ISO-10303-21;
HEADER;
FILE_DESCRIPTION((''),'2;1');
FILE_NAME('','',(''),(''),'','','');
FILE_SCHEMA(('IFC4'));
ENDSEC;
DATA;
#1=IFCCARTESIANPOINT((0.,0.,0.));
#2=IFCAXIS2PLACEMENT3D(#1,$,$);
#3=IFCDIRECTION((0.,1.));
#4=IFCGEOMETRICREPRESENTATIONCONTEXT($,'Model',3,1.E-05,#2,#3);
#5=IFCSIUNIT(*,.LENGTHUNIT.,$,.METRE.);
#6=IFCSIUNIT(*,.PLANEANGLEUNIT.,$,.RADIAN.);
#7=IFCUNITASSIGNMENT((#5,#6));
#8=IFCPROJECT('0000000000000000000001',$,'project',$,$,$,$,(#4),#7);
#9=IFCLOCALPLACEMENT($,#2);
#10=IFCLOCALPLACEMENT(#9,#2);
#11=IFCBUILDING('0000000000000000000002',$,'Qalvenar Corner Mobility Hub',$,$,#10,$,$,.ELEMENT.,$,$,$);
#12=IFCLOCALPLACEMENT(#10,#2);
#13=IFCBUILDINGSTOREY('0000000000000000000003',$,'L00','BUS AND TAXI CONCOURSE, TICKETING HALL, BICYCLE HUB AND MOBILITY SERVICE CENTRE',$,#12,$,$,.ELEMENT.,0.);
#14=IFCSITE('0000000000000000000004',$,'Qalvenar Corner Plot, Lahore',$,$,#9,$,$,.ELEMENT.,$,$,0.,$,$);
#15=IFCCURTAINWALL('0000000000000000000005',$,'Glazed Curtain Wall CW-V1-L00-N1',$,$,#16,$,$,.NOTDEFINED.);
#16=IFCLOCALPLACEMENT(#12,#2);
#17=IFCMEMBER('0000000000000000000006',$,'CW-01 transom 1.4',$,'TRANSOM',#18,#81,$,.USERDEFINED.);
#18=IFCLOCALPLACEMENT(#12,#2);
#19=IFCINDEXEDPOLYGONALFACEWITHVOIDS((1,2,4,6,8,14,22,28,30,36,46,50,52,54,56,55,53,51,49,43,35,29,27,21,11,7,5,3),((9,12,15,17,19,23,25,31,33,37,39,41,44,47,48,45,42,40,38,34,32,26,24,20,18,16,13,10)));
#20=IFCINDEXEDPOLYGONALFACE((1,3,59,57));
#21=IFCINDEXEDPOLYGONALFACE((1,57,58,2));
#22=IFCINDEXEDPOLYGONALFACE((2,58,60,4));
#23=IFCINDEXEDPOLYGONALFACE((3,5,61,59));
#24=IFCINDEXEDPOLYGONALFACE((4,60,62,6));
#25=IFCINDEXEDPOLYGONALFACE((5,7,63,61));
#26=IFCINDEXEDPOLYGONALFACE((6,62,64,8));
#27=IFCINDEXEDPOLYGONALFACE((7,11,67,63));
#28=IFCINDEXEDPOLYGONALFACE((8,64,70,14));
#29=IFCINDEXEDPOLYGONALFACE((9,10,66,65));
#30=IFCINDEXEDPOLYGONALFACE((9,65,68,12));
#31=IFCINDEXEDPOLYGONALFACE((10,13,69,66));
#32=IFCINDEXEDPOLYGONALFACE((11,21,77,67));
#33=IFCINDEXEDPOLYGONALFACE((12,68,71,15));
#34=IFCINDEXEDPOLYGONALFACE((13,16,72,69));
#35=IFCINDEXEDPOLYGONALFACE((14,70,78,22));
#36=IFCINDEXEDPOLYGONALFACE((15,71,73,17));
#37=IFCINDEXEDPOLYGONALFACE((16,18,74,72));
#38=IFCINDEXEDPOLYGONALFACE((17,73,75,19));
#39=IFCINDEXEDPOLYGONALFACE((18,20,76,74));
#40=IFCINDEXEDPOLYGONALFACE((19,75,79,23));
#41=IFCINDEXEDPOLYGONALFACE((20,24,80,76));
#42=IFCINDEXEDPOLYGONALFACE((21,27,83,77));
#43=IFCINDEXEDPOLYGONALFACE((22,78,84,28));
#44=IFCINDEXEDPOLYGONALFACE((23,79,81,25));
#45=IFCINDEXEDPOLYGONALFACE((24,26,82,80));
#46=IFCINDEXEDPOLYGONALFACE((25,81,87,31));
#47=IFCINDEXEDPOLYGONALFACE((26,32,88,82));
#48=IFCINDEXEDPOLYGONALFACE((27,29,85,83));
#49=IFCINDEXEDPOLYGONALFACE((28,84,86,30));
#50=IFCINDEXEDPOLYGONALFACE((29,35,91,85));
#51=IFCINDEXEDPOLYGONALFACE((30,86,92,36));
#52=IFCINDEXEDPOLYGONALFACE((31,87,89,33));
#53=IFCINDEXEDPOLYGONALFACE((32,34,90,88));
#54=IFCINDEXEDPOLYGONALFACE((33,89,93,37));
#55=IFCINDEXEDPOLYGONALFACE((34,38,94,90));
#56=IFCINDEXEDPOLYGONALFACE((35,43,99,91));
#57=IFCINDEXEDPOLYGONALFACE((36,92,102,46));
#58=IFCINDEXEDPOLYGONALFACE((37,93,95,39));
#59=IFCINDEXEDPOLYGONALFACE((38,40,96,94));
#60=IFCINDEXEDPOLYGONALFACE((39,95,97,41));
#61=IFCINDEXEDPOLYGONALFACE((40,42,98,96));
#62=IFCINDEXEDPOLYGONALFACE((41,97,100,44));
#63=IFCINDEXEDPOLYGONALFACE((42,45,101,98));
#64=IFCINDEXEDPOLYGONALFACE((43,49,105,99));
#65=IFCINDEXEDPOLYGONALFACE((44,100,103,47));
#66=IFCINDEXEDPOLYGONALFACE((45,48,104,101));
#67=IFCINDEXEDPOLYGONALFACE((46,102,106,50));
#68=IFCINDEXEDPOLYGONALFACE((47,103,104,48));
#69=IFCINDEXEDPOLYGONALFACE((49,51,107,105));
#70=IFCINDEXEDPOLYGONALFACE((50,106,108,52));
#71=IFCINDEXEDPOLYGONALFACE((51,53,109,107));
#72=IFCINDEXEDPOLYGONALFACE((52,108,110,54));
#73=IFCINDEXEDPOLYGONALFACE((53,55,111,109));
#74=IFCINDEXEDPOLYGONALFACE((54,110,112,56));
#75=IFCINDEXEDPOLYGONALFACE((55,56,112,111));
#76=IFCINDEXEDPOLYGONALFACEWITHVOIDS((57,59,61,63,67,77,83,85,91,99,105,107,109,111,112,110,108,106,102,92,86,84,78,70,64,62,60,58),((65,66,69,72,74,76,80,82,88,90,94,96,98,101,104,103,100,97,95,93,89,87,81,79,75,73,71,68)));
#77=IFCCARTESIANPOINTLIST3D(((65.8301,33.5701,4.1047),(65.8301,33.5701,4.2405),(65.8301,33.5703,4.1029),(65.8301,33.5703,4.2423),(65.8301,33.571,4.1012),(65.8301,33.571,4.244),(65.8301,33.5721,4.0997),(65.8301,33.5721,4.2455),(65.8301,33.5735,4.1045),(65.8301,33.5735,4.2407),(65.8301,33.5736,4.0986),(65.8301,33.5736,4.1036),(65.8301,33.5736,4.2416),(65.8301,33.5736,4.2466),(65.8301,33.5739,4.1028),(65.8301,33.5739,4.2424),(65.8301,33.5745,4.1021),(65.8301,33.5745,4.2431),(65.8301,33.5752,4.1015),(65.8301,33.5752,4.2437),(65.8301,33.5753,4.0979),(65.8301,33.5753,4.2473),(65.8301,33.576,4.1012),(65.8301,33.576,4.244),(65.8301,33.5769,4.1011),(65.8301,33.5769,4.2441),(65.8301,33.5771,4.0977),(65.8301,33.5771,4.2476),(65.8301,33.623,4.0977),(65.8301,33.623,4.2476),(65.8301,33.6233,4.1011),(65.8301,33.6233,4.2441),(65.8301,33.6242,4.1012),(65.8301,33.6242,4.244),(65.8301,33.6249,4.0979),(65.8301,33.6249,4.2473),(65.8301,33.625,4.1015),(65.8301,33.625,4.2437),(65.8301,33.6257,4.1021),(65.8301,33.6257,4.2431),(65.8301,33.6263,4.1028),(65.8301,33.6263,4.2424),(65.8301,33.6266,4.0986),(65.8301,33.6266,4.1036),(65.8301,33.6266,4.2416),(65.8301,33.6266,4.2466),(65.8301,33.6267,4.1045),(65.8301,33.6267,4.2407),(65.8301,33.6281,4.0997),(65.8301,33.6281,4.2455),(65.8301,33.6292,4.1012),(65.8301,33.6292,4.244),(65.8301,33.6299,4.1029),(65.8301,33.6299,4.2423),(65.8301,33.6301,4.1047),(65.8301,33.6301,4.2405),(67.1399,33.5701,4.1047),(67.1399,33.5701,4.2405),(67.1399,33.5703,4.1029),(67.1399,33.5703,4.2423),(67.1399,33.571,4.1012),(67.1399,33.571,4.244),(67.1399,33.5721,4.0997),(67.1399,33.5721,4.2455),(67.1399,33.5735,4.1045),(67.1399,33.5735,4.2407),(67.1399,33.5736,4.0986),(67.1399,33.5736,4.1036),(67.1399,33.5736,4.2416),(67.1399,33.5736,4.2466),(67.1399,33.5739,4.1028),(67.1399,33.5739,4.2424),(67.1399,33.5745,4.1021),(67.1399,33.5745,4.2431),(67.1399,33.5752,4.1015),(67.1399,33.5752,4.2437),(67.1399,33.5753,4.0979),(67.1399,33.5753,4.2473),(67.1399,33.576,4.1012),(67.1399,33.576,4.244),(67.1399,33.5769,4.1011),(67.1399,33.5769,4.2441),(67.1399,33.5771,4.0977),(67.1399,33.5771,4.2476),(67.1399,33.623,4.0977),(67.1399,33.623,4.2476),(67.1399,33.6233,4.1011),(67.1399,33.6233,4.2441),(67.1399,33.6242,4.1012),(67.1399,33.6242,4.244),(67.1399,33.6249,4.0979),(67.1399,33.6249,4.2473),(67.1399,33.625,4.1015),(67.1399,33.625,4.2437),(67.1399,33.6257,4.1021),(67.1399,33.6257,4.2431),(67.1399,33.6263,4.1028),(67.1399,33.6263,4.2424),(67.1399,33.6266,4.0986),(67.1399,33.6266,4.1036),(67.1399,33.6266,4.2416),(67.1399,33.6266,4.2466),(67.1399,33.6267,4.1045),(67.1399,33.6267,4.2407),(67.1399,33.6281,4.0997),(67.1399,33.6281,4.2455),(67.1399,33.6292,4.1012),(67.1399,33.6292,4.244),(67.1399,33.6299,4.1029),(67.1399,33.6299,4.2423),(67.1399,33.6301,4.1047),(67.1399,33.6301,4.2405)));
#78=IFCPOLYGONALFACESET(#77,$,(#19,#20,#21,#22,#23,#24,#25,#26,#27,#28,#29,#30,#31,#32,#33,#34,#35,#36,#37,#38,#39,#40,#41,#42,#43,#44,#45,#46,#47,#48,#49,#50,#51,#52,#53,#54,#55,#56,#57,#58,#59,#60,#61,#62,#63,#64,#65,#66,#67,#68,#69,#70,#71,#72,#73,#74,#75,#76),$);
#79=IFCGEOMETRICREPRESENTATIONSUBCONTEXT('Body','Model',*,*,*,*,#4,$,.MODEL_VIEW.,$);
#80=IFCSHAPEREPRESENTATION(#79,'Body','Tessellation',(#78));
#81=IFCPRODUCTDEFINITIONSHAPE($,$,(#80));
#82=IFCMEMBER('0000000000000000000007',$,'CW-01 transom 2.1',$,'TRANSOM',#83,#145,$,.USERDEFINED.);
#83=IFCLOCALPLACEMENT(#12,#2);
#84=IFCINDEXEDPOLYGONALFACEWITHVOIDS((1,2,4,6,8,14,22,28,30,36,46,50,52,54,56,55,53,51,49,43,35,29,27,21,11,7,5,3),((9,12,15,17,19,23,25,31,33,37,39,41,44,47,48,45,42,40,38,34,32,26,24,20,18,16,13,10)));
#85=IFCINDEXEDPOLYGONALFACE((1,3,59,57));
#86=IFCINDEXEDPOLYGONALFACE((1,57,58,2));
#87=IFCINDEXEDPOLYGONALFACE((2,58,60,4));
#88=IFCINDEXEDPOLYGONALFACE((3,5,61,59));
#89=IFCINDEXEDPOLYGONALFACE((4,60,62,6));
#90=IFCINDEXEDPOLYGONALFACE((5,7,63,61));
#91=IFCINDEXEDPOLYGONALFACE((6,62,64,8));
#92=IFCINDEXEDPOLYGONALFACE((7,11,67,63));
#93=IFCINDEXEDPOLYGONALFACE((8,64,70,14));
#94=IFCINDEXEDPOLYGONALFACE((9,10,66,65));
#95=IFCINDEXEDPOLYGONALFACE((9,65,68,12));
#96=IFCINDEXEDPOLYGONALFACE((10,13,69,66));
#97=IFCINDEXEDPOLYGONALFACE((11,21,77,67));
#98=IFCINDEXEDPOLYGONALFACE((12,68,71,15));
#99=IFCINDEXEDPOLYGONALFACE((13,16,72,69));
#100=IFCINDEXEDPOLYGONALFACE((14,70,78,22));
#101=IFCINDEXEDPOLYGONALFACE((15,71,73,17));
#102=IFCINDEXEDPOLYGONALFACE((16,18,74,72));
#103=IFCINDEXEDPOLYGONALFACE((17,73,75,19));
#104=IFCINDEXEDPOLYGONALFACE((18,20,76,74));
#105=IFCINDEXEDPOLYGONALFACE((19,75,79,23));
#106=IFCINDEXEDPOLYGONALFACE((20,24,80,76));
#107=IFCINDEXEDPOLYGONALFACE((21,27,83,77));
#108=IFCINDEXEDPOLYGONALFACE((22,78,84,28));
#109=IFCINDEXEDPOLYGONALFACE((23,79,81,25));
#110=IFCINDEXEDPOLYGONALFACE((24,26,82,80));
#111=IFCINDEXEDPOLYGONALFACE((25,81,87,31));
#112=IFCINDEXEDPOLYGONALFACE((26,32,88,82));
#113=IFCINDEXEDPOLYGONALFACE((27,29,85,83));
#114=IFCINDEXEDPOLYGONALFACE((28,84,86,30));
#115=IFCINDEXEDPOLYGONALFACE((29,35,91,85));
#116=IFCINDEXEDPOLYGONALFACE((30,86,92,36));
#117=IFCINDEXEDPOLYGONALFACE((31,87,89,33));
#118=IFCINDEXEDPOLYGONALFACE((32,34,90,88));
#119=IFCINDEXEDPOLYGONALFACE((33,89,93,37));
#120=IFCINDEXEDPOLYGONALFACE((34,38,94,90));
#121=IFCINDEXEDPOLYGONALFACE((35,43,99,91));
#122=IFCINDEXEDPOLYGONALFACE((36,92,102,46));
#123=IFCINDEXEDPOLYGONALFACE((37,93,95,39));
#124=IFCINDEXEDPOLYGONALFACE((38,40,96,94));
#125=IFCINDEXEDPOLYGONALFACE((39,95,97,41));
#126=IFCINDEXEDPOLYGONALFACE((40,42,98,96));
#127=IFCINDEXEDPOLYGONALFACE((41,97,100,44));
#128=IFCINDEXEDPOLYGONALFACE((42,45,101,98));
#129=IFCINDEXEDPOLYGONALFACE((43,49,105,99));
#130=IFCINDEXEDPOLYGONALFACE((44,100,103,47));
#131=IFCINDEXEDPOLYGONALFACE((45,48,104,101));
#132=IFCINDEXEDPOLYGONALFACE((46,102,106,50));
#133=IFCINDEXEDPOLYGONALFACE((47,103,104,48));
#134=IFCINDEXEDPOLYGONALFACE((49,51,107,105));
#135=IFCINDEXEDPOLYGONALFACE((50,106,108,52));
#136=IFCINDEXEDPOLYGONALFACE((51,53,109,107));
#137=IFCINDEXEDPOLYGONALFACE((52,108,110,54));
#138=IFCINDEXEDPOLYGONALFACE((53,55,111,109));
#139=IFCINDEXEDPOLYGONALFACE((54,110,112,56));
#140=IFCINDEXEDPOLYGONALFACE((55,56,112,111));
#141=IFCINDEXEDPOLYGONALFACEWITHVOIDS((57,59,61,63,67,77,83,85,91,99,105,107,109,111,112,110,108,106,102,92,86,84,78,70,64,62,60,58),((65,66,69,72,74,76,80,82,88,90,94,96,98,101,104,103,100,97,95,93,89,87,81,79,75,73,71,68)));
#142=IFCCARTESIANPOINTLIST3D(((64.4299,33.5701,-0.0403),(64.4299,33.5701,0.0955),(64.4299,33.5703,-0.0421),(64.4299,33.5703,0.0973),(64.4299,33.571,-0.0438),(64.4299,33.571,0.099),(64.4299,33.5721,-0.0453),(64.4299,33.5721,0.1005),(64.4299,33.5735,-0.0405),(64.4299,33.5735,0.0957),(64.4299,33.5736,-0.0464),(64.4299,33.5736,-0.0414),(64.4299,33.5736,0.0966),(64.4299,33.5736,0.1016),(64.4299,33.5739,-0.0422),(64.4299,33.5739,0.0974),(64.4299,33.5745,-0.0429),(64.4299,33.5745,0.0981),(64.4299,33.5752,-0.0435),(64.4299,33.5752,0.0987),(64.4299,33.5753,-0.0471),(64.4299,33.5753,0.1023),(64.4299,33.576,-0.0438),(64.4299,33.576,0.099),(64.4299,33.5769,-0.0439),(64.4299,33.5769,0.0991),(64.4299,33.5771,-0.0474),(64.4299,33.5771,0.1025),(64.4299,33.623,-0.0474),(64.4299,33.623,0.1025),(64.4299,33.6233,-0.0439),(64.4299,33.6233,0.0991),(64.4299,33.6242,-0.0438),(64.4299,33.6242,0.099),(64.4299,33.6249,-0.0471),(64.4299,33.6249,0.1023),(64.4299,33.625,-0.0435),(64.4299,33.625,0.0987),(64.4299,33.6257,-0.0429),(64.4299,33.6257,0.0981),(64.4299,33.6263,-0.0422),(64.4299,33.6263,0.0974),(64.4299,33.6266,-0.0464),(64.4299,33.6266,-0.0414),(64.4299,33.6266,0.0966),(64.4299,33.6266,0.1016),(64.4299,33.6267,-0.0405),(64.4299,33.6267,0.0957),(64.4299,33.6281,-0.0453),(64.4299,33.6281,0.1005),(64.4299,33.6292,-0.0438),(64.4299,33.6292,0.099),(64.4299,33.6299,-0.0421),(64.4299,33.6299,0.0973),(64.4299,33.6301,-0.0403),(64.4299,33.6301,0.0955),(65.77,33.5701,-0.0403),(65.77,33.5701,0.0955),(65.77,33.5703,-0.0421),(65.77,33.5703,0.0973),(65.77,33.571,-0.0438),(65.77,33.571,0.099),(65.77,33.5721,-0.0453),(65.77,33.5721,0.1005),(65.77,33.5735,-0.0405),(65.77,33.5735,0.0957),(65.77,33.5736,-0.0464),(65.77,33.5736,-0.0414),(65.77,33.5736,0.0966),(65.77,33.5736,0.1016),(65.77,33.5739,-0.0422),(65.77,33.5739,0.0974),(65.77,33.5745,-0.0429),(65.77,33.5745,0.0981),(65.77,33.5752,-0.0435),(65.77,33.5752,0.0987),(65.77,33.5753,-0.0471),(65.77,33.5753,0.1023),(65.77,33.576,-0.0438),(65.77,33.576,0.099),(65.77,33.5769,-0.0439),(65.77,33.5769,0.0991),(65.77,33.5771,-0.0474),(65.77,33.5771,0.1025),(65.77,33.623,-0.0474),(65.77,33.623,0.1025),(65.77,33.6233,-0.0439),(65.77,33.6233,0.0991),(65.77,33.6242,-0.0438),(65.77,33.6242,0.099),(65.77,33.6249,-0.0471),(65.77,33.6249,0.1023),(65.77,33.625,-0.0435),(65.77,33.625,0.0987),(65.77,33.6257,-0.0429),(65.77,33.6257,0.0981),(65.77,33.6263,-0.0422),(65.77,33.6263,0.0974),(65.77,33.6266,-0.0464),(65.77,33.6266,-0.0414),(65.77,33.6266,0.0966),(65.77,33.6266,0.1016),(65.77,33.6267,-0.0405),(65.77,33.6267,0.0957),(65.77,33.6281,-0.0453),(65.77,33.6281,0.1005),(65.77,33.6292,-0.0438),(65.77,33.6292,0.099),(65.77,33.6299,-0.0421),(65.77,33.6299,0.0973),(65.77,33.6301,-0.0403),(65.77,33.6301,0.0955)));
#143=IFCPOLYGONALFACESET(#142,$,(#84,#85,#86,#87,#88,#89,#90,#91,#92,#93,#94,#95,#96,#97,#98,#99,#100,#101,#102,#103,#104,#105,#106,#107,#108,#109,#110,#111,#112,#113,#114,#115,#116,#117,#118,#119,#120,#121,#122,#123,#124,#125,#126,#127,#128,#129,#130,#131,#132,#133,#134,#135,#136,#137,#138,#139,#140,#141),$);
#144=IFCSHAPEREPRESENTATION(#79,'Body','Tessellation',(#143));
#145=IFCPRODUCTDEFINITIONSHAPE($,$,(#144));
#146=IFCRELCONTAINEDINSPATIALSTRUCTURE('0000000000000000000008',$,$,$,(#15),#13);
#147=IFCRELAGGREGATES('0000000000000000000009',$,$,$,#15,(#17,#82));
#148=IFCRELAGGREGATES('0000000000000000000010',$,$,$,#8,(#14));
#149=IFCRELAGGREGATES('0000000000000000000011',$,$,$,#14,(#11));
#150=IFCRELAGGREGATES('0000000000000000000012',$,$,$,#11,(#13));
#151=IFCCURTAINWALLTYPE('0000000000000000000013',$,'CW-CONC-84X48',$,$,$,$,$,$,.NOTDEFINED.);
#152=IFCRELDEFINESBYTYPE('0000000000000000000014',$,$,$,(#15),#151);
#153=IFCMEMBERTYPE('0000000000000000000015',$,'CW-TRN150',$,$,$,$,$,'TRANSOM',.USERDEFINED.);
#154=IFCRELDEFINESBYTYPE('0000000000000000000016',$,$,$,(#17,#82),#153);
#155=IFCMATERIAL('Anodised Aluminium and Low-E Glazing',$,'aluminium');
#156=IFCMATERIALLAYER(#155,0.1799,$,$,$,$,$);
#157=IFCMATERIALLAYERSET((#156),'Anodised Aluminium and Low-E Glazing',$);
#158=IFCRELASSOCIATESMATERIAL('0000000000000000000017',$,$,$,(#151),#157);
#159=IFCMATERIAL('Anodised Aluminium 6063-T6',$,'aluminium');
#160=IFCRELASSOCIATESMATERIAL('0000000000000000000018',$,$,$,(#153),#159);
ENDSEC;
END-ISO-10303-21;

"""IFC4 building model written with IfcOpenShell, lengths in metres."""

from ifc_helpers import new_model, si_unit, direction, frame, origin, origin_2d, place, context, subcontext, project, spatial, hollow_rectangle, extrude, material, layer, layer_set, material_profile, profile_set, type_object, element, aggregate, save


model = new_model("IFC4")

# Units and contexts
model_context = context("Model", 3, precision=1e-05, world=origin(), true_north=direction((0.0, 1.0)))
body_context = subcontext(model_context, "Body", "Model", "MODEL_VIEW")
ifc_project = project(units=[si_unit("LENGTHUNIT", "METRE"), si_unit("PLANEANGLEUNIT", "RADIAN")], contexts=[model_context])

# Site, building, storey
site_placement = place(None, origin())
site = spatial("IfcSite", under=ifc_project, at=site_placement, Name="Qalvenar Corner Plot, Lahore", CompositionType="ELEMENT", RefElevation=0.0)
building_placement = place(site_placement, origin())
building = spatial("IfcBuilding", under=site, at=building_placement, Name="Qalvenar Corner Mobility Hub", CompositionType="ELEMENT")
storey_placement = place(building_placement, origin())
storey = spatial("IfcBuildingStorey", under=building, at=storey_placement, Name="L00", Description="BUS AND TAXI CONCOURSE, TICKETING HALL, BICYCLE HUB AND MOBILITY SERVICE CENTRE", CompositionType="ELEMENT", Elevation=0.0)

# Curtain wall, members
ifc_material_1 = material(Name="Anodised Aluminium and Low-E Glazing", Category="aluminium")
ifc_layer_1 = layer(ifc_material_1, 0.1799)
ifc_layer_set_1 = layer_set([ifc_layer_1], Name="Anodised Aluminium and Low-E Glazing")
curtain_wall_type = type_object("IfcCurtainWallType", Name="CW-CONC-84X48", PredefinedType="NOTDEFINED", material=ifc_layer_set_1)
curtain_wall_placement = place(storey_placement, origin())
curtain_wall = element("IfcCurtainWall", 1, at=curtain_wall_placement, inside=storey, type_object=curtain_wall_type, Name="Glazed Curtain Wall CW-V1-L00-N1", PredefinedType="NOTDEFINED")
ifc_material_2 = material(Name="Anodised Aluminium 6063-T6", Category="aluminium")
ifc_material_profile_1 = material_profile(ifc_material_2, hollow_rectangle(XDim=0.0601, YDim=0.1499, WallThickness=0.0034, InnerFilletRadius=0.0034, OuterFilletRadius=0.0071, at=origin_2d()), Name="RHS150x60x3.5")
ifc_profile_set_1 = profile_set([ifc_material_profile_1], Name="Anodised Aluminium 6063-T6")
member_type_1 = type_object("IfcMemberType", Name="CW-TRN150", ElementType="TRANSOM", PredefinedType="USERDEFINED", material=ifc_profile_set_1)
member_1_placement = place(storey_placement, frame((67.1399, 33.6001, 4.1726), z_axis=(-1.0, 0.0, 0.0), x_axis=(0.0, -1.0, 0.0)))
member_1 = element("IfcMember", 2, at=member_1_placement, type_object=member_type_1, Name="CW-01 transom 1.4", ObjectType="TRANSOM", PredefinedType="USERDEFINED", context=body_context, shape_type="SweptSolid", body=[
    extrude(hollow_rectangle(XDim=0.0601, YDim=0.1499, WallThickness=0.0034, InnerFilletRadius=0.0034, OuterFilletRadius=0.0071, at=origin_2d()), origin(), (0.0, 0.0, 1.0), 1.3098),
])
member_2_placement = place(storey_placement, frame((65.77, 33.6001, 0.0276), z_axis=(-1.0, 0.0, 0.0), x_axis=(0.0, -1.0, 0.0)))
member_2 = element("IfcMember", 3, at=member_2_placement, type_object=member_type_1, Name="CW-01 transom 2.1", ObjectType="TRANSOM", PredefinedType="USERDEFINED", context=body_context, shape_type="SweptSolid", body=[
    extrude(hollow_rectangle(XDim=0.0601, YDim=0.1499, WallThickness=0.0034, InnerFilletRadius=0.0034, OuterFilletRadius=0.0071, at=origin_2d()), origin(), (0.0, 0.0, 1.0), 1.3401),
])
aggregate(curtain_wall, [member_1, member_2])

save(model, "model.ifc")
